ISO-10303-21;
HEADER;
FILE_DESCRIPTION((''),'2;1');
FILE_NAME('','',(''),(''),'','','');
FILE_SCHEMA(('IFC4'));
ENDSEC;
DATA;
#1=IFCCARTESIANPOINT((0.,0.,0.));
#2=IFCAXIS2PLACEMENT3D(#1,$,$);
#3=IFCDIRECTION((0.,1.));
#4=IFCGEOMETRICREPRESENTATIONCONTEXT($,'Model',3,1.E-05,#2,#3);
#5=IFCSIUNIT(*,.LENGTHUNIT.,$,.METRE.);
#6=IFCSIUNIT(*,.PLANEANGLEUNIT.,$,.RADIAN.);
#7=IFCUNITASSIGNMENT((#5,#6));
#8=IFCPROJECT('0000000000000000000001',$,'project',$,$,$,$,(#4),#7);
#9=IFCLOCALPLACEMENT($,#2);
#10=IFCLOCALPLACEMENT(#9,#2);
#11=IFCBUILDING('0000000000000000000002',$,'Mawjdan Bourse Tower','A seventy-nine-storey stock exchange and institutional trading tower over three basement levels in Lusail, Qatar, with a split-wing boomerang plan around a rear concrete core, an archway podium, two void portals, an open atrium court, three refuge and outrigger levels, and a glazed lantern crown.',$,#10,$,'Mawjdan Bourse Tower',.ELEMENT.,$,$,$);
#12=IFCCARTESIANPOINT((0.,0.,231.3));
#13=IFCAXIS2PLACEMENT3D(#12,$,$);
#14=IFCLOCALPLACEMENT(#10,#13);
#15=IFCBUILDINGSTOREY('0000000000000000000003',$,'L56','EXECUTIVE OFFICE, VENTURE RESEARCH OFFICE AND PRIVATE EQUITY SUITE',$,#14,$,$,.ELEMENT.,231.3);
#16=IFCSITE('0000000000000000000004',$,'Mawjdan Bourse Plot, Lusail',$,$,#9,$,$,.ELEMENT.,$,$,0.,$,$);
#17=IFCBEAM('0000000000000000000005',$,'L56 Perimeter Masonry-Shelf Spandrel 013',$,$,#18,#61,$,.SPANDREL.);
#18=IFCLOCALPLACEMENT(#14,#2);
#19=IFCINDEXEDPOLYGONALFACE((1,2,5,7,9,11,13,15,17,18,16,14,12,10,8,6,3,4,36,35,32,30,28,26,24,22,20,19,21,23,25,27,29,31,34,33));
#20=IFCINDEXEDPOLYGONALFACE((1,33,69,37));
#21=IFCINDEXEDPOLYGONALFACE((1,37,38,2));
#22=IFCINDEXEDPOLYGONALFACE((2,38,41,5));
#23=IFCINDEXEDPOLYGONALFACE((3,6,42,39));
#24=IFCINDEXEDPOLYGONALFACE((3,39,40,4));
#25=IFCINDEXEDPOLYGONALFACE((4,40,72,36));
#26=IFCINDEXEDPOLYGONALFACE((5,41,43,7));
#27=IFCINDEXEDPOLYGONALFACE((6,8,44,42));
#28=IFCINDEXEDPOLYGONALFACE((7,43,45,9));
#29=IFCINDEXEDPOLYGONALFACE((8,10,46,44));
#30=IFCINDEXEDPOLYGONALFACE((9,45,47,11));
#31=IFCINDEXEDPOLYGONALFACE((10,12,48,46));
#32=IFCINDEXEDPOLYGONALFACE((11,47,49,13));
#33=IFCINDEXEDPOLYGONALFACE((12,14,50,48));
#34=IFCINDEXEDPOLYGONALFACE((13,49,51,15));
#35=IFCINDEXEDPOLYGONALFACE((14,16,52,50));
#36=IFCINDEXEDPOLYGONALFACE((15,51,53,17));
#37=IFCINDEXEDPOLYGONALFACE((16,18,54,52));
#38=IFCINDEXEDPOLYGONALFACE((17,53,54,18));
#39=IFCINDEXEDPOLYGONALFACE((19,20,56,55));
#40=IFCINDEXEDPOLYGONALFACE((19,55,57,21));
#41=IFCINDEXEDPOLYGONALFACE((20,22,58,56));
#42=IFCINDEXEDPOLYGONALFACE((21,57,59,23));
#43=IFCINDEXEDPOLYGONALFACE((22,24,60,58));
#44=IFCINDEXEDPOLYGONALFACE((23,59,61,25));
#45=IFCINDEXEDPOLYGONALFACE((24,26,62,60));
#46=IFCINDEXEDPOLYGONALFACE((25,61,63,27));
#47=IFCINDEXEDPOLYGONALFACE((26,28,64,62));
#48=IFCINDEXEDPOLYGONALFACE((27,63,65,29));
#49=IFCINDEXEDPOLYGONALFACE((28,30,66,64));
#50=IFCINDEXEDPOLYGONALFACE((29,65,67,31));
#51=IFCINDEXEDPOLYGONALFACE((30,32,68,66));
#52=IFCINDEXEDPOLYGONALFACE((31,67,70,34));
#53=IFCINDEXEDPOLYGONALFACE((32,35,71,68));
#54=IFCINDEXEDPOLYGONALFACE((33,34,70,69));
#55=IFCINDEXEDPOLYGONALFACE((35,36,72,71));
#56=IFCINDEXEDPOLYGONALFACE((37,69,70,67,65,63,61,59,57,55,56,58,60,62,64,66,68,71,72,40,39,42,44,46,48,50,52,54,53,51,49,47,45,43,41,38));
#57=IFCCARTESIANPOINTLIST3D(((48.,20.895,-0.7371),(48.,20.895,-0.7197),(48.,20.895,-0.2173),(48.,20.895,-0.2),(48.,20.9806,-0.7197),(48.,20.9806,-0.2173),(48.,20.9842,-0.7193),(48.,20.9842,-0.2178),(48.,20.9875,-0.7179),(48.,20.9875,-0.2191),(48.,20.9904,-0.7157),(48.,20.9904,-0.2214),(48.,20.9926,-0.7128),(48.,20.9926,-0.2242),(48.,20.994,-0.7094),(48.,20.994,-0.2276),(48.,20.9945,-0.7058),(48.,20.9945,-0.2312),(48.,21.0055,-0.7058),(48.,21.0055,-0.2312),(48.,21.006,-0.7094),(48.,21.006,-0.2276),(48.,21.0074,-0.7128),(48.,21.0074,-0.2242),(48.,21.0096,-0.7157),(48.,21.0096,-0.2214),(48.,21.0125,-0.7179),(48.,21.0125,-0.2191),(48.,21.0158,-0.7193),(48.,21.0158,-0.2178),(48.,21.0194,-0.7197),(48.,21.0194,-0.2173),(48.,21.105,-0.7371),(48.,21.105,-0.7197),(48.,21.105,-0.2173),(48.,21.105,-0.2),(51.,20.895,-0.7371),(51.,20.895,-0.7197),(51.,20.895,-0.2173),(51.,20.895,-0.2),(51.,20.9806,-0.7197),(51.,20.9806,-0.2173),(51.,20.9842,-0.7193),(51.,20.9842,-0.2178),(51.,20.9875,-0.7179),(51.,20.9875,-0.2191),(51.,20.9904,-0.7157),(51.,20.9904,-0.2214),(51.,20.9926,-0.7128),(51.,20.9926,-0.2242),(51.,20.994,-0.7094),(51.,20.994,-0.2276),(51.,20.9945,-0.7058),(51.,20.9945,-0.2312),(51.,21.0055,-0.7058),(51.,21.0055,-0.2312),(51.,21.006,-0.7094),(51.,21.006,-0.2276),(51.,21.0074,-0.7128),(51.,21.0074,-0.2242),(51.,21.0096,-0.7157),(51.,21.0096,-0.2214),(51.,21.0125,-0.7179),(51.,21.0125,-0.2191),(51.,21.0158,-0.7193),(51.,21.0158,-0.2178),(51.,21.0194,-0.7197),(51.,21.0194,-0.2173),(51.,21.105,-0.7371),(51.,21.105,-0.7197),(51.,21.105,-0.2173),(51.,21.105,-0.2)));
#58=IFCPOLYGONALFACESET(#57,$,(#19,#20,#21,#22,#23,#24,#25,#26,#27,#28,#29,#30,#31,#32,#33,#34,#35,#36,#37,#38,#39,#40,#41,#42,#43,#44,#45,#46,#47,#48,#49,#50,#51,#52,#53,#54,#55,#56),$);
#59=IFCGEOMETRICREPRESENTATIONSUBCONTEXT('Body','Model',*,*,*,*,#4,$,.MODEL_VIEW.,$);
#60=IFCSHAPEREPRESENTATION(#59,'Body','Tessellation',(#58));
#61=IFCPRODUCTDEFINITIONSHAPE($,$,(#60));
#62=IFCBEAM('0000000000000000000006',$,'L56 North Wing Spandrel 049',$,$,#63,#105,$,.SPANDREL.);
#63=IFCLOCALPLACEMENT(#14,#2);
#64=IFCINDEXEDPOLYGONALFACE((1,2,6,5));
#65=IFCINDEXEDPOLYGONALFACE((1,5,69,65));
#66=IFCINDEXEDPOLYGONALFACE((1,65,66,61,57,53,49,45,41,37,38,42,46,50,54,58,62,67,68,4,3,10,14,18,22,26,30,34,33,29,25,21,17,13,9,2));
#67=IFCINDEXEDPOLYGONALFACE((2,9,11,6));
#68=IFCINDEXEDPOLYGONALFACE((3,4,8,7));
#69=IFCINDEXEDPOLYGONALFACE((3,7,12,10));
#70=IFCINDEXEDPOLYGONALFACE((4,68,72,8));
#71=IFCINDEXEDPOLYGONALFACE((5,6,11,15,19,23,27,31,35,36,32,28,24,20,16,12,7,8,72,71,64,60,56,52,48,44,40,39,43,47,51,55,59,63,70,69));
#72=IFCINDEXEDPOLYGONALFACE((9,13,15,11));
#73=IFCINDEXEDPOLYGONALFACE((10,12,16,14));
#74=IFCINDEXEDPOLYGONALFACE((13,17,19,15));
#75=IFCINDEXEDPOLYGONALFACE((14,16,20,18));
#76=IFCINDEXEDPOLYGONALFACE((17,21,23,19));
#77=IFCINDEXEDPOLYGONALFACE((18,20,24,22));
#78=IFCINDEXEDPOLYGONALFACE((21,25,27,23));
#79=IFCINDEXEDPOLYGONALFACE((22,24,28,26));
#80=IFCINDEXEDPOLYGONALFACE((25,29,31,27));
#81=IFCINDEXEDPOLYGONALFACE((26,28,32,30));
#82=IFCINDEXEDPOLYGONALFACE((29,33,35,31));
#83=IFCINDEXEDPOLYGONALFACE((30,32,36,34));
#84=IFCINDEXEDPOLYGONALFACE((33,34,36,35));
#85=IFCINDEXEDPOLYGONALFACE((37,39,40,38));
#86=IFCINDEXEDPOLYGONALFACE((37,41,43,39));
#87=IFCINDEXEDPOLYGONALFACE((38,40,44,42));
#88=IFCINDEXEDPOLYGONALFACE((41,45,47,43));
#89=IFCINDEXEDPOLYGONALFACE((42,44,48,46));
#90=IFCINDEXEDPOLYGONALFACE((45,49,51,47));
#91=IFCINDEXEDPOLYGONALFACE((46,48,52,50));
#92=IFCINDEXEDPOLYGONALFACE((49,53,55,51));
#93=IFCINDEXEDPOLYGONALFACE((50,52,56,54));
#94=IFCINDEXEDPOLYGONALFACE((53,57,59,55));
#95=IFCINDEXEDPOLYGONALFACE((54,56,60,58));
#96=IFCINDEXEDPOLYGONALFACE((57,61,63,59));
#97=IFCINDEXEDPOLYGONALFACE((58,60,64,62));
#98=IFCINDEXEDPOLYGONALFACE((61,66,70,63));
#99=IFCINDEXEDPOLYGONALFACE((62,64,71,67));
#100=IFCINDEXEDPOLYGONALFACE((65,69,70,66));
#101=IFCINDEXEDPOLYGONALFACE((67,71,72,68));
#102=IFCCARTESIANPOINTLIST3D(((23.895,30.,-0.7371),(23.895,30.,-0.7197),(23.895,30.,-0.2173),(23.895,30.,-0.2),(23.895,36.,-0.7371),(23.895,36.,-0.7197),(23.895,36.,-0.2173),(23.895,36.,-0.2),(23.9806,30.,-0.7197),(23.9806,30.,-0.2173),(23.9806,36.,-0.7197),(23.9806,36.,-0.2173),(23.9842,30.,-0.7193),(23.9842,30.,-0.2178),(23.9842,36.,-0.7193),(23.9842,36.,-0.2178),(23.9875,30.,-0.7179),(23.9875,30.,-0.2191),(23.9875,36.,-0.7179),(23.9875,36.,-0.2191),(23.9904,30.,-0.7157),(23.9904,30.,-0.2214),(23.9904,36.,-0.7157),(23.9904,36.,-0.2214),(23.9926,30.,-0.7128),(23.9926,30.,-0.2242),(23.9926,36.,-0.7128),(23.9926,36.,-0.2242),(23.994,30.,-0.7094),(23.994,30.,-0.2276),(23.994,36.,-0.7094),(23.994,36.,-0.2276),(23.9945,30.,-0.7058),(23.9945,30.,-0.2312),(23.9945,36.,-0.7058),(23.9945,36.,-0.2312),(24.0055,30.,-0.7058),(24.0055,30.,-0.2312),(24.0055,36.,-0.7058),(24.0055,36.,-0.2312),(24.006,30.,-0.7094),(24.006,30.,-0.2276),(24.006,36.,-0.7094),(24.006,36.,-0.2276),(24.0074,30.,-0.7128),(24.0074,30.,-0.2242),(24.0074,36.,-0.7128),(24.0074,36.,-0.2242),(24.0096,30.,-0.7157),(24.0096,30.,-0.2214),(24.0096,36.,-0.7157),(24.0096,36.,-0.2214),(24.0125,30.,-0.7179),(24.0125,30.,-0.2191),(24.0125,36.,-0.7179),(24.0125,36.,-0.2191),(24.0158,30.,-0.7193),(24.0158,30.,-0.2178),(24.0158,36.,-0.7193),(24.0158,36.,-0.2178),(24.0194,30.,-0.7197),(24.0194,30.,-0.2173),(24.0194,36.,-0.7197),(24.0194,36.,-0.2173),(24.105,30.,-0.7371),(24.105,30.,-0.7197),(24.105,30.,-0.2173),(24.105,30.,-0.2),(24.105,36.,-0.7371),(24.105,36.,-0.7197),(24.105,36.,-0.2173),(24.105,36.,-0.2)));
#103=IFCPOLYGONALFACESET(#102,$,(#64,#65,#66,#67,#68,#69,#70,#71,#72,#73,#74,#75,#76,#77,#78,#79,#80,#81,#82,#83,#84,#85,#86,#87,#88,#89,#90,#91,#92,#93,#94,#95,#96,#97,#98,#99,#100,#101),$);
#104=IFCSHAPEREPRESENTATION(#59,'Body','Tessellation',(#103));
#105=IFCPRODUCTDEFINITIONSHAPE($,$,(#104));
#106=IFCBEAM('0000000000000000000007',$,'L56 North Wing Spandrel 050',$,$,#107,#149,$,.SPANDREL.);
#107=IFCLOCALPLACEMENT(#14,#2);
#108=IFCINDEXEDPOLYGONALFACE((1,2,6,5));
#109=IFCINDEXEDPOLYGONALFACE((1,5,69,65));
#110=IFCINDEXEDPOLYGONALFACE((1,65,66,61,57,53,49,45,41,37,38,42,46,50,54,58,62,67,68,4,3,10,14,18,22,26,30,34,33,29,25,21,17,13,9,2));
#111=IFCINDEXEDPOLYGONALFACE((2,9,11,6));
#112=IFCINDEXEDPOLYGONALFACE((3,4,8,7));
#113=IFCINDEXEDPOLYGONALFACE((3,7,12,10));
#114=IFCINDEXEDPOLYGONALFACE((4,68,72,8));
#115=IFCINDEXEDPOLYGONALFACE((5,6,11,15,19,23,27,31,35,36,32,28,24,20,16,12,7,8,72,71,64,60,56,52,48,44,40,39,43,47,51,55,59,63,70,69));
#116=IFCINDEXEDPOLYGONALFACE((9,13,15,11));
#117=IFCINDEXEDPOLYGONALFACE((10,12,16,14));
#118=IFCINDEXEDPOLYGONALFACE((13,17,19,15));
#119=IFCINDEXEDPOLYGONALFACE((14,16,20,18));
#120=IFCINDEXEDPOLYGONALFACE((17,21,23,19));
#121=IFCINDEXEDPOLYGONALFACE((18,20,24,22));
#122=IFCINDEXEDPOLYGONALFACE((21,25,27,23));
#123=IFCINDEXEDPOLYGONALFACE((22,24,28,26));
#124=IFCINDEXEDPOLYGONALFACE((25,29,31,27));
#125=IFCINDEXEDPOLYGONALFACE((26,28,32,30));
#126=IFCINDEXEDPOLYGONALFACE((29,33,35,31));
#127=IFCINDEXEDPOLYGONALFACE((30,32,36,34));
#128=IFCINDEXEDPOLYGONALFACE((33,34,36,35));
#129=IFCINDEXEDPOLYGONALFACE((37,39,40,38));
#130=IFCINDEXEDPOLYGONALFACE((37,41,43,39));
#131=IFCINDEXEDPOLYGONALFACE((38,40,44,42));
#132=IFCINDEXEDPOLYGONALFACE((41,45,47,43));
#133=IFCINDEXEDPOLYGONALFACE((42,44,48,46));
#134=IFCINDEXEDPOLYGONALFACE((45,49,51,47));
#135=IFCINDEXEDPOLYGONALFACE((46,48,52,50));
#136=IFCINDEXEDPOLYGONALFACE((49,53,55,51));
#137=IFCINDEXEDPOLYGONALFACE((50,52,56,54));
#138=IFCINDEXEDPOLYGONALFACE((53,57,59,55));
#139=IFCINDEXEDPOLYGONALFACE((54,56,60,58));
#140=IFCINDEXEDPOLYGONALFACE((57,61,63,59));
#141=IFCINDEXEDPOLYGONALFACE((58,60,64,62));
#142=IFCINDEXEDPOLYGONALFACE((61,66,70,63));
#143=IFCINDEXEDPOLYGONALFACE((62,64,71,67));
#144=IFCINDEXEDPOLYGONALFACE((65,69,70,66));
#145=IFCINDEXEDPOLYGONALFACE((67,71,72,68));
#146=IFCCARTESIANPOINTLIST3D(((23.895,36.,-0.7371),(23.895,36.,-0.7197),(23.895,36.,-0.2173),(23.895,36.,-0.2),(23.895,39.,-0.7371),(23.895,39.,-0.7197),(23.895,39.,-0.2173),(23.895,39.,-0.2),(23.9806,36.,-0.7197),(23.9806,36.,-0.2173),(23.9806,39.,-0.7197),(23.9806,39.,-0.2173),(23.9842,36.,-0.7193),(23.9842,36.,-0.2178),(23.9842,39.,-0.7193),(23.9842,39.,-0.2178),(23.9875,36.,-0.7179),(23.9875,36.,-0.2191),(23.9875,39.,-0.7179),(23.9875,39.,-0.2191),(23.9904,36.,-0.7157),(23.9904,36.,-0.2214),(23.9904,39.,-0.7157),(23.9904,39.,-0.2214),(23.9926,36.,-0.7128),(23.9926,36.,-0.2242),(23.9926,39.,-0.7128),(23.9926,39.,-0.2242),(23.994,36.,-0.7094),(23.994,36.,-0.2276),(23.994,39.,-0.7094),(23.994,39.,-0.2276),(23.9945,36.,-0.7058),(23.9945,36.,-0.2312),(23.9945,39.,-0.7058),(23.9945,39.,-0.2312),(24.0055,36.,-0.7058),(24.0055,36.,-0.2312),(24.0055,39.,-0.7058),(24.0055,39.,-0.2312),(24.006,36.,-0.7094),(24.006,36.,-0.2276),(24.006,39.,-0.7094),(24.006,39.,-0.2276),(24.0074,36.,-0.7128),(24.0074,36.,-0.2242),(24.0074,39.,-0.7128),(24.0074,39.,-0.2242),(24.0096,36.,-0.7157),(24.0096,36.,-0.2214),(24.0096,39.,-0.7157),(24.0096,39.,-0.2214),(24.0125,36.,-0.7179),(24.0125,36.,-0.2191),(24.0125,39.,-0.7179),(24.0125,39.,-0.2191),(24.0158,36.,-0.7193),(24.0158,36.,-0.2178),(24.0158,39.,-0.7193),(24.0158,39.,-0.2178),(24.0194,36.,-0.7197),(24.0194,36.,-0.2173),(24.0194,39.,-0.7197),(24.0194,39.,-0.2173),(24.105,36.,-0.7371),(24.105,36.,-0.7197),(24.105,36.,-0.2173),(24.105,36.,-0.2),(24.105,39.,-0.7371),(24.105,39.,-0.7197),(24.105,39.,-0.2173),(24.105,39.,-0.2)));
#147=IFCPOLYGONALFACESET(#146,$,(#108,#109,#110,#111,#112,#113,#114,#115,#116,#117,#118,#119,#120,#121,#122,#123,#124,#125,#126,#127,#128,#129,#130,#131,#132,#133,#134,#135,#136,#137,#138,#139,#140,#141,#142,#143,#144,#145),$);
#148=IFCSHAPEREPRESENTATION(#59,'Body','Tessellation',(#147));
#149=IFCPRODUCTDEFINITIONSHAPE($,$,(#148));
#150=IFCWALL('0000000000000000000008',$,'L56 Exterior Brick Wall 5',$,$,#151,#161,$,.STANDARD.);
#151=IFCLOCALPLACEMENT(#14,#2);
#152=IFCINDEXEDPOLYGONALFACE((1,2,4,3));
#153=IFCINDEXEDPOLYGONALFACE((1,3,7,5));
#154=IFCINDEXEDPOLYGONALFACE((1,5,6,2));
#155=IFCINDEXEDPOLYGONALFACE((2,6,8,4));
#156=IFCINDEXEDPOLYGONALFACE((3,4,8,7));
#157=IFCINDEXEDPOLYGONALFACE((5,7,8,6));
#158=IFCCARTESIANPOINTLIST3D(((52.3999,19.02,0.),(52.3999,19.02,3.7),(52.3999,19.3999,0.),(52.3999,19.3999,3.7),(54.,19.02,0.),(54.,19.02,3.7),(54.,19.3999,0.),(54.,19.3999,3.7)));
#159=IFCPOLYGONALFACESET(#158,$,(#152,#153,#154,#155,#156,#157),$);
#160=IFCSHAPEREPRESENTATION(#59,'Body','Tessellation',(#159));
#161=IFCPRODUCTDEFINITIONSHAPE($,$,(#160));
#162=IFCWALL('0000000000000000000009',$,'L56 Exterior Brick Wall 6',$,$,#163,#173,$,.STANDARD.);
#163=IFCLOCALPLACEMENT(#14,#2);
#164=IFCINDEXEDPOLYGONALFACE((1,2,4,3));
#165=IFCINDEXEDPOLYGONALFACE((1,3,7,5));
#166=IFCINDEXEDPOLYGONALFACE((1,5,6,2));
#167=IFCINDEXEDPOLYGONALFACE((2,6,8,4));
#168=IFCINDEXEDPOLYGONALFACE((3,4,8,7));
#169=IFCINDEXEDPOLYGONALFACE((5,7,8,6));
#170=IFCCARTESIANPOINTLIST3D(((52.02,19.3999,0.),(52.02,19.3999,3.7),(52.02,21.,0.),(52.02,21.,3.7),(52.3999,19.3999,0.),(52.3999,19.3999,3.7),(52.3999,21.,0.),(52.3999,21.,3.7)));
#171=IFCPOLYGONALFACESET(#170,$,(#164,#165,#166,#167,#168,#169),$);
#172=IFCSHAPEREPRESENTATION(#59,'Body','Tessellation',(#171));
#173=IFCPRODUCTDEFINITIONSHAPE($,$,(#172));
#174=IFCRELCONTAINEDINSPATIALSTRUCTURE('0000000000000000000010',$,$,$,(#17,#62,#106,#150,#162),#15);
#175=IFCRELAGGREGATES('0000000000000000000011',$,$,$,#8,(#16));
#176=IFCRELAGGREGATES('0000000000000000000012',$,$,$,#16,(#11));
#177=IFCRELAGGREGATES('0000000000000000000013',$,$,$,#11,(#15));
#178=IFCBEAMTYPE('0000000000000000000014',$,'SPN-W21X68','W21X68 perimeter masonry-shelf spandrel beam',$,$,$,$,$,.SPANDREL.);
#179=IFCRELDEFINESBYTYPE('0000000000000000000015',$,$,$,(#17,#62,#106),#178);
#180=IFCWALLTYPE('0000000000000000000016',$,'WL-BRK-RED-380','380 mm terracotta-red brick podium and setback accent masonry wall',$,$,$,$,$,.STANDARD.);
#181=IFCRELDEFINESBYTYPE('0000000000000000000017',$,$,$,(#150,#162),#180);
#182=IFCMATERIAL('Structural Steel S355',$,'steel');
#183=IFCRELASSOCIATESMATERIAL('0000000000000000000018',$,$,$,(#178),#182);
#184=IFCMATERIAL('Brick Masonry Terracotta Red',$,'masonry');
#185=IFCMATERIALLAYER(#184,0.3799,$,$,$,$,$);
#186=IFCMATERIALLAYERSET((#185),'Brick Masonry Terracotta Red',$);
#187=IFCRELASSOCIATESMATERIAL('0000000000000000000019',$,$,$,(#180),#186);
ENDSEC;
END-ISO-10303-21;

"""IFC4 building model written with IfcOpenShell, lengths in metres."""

from ifc_helpers import new_model, si_unit, direction, frame, frame_2d, origin, origin_2d, place, context, subcontext, project, spatial, rectangle, i_section, extrude, material, layer, layer_set, material_profile, profile_set, type_object, element, save


model = new_model("IFC4")

# Units and contexts
model_context = context("Model", 3, precision=1e-05, world=origin(), true_north=direction((0.0, 1.0)))
body_context = subcontext(model_context, "Body", "Model", "MODEL_VIEW")
ifc_project = project(units=[si_unit("LENGTHUNIT", "METRE"), si_unit("PLANEANGLEUNIT", "RADIAN")], contexts=[model_context])

# Site, building, storey
site_placement = place(None, origin())
site = spatial("IfcSite", under=ifc_project, at=site_placement, Name="Mawjdan Bourse Plot, Lusail", CompositionType="ELEMENT", RefElevation=0.0)
building_placement = place(site_placement, origin())
building = spatial("IfcBuilding", under=site, at=building_placement, Name="Mawjdan Bourse Tower", Description="A seventy-nine-storey stock exchange and institutional trading tower over three basement levels in Lusail, Qatar, with a split-wing boomerang plan around a rear concrete core, an archway podium, two void portals, an open atrium court, three refuge and outrigger levels, and a glazed lantern crown.", LongName="Mawjdan Bourse Tower", CompositionType="ELEMENT")
storey_placement = place(building_placement, frame((0.0, 0.0, 231.3)))
storey = spatial("IfcBuildingStorey", under=building, at=storey_placement, Name="L56", Description="EXECUTIVE OFFICE, VENTURE RESEARCH OFFICE AND PRIVATE EQUITY SUITE", CompositionType="ELEMENT", Elevation=231.3)

# Beams
ifc_material_1 = material(Name="Structural Steel S355", Category="steel")
ifc_material_profile_1 = material_profile(ifc_material_1, i_section(OverallWidth=0.21, OverallDepth=0.5371, WebThickness=0.011, FlangeThickness=0.0173, FilletRadius=0.0139, at=origin_2d()), Name="W21X68")
ifc_profile_set_1 = profile_set([ifc_material_profile_1], Name="Structural Steel S355")
beam_type_1 = type_object("IfcBeamType", Name="SPN-W21X68", Description="W21X68 perimeter masonry-shelf spandrel beam", PredefinedType="SPANDREL", material=ifc_profile_set_1)
beam_1_placement = place(storey_placement, frame((48.0, 21.0, -0.4685), z_axis=(1.0, 0.0, 0.0), x_axis=(0.0, 1.0, 0.0)))
element("IfcBeam", 1, at=beam_1_placement, inside=storey, type_object=beam_type_1, Name="L56 Perimeter Masonry-Shelf Spandrel 013", PredefinedType="SPANDREL", context=body_context, shape_type="SweptSolid", body=[
    extrude(i_section(OverallWidth=0.21, OverallDepth=0.5371, WebThickness=0.011, FlangeThickness=0.0173, FilletRadius=0.0139, at=origin_2d()), origin(), (0.0, 0.0, 1.0), 3.0),
])
beam_2_placement = place(storey_placement, frame((24.0, 30.0, -0.4685), z_axis=(0.0, 1.0, 0.0), x_axis=(-1.0, 0.0, 0.0)))
element("IfcBeam", 2, at=beam_2_placement, inside=storey, type_object=beam_type_1, Name="L56 North Wing Spandrel 049", PredefinedType="SPANDREL", context=body_context, shape_type="SweptSolid", body=[
    extrude(i_section(OverallWidth=0.21, OverallDepth=0.5371, WebThickness=0.011, FlangeThickness=0.0173, FilletRadius=0.0139, at=origin_2d()), origin(), (0.0, 0.0, 1.0), 6.0),
])
beam_3_placement = place(storey_placement, frame((24.0, 36.0, -0.4685), z_axis=(0.0, 1.0, 0.0), x_axis=(-1.0, 0.0, 0.0)))
element("IfcBeam", 3, at=beam_3_placement, inside=storey, type_object=beam_type_1, Name="L56 North Wing Spandrel 050", PredefinedType="SPANDREL", context=body_context, shape_type="SweptSolid", body=[
    extrude(i_section(OverallWidth=0.21, OverallDepth=0.5371, WebThickness=0.011, FlangeThickness=0.0173, FilletRadius=0.0139, at=origin_2d()), origin(), (0.0, 0.0, 1.0), 3.0),
])

# Walls
ifc_material_2 = material(Name="Brick Masonry Terracotta Red", Category="masonry")
ifc_layer_1 = layer(ifc_material_2, 0.3799)
ifc_layer_set_1 = layer_set([ifc_layer_1], Name="Brick Masonry Terracotta Red")
wall_type = type_object("IfcWallType", Name="WL-BRK-RED-380", Description="380 mm terracotta-red brick podium and setback accent masonry wall", PredefinedType="STANDARD", material=ifc_layer_set_1)
for number, where, z_axis, x_axis, name in (
    (4, (54.0, 19.21, 0.0), (0.0, 0.0, 1.0), (-1.0, 0.0, 0.0), "L56 Exterior Brick Wall 5"),
    (5, (52.21, 19.3999, 0.0), (0.0, 0.0, 1.0), (0.0, 1.0, 0.0), "L56 Exterior Brick Wall 6"),
):
    element("IfcWall", number, at=place(storey_placement, frame(where, z_axis=z_axis, x_axis=x_axis)), inside=storey, type_object=wall_type, Name=name, PredefinedType="STANDARD", context=body_context, shape_type="SweptSolid", body=[
        extrude(rectangle(XDim=1.6001, YDim=0.3799, at=frame_2d((0.8, 0.0))), origin(), (0.0, 0.0, 1.0), 3.7),
    ])

save(model, "model.ifc")
